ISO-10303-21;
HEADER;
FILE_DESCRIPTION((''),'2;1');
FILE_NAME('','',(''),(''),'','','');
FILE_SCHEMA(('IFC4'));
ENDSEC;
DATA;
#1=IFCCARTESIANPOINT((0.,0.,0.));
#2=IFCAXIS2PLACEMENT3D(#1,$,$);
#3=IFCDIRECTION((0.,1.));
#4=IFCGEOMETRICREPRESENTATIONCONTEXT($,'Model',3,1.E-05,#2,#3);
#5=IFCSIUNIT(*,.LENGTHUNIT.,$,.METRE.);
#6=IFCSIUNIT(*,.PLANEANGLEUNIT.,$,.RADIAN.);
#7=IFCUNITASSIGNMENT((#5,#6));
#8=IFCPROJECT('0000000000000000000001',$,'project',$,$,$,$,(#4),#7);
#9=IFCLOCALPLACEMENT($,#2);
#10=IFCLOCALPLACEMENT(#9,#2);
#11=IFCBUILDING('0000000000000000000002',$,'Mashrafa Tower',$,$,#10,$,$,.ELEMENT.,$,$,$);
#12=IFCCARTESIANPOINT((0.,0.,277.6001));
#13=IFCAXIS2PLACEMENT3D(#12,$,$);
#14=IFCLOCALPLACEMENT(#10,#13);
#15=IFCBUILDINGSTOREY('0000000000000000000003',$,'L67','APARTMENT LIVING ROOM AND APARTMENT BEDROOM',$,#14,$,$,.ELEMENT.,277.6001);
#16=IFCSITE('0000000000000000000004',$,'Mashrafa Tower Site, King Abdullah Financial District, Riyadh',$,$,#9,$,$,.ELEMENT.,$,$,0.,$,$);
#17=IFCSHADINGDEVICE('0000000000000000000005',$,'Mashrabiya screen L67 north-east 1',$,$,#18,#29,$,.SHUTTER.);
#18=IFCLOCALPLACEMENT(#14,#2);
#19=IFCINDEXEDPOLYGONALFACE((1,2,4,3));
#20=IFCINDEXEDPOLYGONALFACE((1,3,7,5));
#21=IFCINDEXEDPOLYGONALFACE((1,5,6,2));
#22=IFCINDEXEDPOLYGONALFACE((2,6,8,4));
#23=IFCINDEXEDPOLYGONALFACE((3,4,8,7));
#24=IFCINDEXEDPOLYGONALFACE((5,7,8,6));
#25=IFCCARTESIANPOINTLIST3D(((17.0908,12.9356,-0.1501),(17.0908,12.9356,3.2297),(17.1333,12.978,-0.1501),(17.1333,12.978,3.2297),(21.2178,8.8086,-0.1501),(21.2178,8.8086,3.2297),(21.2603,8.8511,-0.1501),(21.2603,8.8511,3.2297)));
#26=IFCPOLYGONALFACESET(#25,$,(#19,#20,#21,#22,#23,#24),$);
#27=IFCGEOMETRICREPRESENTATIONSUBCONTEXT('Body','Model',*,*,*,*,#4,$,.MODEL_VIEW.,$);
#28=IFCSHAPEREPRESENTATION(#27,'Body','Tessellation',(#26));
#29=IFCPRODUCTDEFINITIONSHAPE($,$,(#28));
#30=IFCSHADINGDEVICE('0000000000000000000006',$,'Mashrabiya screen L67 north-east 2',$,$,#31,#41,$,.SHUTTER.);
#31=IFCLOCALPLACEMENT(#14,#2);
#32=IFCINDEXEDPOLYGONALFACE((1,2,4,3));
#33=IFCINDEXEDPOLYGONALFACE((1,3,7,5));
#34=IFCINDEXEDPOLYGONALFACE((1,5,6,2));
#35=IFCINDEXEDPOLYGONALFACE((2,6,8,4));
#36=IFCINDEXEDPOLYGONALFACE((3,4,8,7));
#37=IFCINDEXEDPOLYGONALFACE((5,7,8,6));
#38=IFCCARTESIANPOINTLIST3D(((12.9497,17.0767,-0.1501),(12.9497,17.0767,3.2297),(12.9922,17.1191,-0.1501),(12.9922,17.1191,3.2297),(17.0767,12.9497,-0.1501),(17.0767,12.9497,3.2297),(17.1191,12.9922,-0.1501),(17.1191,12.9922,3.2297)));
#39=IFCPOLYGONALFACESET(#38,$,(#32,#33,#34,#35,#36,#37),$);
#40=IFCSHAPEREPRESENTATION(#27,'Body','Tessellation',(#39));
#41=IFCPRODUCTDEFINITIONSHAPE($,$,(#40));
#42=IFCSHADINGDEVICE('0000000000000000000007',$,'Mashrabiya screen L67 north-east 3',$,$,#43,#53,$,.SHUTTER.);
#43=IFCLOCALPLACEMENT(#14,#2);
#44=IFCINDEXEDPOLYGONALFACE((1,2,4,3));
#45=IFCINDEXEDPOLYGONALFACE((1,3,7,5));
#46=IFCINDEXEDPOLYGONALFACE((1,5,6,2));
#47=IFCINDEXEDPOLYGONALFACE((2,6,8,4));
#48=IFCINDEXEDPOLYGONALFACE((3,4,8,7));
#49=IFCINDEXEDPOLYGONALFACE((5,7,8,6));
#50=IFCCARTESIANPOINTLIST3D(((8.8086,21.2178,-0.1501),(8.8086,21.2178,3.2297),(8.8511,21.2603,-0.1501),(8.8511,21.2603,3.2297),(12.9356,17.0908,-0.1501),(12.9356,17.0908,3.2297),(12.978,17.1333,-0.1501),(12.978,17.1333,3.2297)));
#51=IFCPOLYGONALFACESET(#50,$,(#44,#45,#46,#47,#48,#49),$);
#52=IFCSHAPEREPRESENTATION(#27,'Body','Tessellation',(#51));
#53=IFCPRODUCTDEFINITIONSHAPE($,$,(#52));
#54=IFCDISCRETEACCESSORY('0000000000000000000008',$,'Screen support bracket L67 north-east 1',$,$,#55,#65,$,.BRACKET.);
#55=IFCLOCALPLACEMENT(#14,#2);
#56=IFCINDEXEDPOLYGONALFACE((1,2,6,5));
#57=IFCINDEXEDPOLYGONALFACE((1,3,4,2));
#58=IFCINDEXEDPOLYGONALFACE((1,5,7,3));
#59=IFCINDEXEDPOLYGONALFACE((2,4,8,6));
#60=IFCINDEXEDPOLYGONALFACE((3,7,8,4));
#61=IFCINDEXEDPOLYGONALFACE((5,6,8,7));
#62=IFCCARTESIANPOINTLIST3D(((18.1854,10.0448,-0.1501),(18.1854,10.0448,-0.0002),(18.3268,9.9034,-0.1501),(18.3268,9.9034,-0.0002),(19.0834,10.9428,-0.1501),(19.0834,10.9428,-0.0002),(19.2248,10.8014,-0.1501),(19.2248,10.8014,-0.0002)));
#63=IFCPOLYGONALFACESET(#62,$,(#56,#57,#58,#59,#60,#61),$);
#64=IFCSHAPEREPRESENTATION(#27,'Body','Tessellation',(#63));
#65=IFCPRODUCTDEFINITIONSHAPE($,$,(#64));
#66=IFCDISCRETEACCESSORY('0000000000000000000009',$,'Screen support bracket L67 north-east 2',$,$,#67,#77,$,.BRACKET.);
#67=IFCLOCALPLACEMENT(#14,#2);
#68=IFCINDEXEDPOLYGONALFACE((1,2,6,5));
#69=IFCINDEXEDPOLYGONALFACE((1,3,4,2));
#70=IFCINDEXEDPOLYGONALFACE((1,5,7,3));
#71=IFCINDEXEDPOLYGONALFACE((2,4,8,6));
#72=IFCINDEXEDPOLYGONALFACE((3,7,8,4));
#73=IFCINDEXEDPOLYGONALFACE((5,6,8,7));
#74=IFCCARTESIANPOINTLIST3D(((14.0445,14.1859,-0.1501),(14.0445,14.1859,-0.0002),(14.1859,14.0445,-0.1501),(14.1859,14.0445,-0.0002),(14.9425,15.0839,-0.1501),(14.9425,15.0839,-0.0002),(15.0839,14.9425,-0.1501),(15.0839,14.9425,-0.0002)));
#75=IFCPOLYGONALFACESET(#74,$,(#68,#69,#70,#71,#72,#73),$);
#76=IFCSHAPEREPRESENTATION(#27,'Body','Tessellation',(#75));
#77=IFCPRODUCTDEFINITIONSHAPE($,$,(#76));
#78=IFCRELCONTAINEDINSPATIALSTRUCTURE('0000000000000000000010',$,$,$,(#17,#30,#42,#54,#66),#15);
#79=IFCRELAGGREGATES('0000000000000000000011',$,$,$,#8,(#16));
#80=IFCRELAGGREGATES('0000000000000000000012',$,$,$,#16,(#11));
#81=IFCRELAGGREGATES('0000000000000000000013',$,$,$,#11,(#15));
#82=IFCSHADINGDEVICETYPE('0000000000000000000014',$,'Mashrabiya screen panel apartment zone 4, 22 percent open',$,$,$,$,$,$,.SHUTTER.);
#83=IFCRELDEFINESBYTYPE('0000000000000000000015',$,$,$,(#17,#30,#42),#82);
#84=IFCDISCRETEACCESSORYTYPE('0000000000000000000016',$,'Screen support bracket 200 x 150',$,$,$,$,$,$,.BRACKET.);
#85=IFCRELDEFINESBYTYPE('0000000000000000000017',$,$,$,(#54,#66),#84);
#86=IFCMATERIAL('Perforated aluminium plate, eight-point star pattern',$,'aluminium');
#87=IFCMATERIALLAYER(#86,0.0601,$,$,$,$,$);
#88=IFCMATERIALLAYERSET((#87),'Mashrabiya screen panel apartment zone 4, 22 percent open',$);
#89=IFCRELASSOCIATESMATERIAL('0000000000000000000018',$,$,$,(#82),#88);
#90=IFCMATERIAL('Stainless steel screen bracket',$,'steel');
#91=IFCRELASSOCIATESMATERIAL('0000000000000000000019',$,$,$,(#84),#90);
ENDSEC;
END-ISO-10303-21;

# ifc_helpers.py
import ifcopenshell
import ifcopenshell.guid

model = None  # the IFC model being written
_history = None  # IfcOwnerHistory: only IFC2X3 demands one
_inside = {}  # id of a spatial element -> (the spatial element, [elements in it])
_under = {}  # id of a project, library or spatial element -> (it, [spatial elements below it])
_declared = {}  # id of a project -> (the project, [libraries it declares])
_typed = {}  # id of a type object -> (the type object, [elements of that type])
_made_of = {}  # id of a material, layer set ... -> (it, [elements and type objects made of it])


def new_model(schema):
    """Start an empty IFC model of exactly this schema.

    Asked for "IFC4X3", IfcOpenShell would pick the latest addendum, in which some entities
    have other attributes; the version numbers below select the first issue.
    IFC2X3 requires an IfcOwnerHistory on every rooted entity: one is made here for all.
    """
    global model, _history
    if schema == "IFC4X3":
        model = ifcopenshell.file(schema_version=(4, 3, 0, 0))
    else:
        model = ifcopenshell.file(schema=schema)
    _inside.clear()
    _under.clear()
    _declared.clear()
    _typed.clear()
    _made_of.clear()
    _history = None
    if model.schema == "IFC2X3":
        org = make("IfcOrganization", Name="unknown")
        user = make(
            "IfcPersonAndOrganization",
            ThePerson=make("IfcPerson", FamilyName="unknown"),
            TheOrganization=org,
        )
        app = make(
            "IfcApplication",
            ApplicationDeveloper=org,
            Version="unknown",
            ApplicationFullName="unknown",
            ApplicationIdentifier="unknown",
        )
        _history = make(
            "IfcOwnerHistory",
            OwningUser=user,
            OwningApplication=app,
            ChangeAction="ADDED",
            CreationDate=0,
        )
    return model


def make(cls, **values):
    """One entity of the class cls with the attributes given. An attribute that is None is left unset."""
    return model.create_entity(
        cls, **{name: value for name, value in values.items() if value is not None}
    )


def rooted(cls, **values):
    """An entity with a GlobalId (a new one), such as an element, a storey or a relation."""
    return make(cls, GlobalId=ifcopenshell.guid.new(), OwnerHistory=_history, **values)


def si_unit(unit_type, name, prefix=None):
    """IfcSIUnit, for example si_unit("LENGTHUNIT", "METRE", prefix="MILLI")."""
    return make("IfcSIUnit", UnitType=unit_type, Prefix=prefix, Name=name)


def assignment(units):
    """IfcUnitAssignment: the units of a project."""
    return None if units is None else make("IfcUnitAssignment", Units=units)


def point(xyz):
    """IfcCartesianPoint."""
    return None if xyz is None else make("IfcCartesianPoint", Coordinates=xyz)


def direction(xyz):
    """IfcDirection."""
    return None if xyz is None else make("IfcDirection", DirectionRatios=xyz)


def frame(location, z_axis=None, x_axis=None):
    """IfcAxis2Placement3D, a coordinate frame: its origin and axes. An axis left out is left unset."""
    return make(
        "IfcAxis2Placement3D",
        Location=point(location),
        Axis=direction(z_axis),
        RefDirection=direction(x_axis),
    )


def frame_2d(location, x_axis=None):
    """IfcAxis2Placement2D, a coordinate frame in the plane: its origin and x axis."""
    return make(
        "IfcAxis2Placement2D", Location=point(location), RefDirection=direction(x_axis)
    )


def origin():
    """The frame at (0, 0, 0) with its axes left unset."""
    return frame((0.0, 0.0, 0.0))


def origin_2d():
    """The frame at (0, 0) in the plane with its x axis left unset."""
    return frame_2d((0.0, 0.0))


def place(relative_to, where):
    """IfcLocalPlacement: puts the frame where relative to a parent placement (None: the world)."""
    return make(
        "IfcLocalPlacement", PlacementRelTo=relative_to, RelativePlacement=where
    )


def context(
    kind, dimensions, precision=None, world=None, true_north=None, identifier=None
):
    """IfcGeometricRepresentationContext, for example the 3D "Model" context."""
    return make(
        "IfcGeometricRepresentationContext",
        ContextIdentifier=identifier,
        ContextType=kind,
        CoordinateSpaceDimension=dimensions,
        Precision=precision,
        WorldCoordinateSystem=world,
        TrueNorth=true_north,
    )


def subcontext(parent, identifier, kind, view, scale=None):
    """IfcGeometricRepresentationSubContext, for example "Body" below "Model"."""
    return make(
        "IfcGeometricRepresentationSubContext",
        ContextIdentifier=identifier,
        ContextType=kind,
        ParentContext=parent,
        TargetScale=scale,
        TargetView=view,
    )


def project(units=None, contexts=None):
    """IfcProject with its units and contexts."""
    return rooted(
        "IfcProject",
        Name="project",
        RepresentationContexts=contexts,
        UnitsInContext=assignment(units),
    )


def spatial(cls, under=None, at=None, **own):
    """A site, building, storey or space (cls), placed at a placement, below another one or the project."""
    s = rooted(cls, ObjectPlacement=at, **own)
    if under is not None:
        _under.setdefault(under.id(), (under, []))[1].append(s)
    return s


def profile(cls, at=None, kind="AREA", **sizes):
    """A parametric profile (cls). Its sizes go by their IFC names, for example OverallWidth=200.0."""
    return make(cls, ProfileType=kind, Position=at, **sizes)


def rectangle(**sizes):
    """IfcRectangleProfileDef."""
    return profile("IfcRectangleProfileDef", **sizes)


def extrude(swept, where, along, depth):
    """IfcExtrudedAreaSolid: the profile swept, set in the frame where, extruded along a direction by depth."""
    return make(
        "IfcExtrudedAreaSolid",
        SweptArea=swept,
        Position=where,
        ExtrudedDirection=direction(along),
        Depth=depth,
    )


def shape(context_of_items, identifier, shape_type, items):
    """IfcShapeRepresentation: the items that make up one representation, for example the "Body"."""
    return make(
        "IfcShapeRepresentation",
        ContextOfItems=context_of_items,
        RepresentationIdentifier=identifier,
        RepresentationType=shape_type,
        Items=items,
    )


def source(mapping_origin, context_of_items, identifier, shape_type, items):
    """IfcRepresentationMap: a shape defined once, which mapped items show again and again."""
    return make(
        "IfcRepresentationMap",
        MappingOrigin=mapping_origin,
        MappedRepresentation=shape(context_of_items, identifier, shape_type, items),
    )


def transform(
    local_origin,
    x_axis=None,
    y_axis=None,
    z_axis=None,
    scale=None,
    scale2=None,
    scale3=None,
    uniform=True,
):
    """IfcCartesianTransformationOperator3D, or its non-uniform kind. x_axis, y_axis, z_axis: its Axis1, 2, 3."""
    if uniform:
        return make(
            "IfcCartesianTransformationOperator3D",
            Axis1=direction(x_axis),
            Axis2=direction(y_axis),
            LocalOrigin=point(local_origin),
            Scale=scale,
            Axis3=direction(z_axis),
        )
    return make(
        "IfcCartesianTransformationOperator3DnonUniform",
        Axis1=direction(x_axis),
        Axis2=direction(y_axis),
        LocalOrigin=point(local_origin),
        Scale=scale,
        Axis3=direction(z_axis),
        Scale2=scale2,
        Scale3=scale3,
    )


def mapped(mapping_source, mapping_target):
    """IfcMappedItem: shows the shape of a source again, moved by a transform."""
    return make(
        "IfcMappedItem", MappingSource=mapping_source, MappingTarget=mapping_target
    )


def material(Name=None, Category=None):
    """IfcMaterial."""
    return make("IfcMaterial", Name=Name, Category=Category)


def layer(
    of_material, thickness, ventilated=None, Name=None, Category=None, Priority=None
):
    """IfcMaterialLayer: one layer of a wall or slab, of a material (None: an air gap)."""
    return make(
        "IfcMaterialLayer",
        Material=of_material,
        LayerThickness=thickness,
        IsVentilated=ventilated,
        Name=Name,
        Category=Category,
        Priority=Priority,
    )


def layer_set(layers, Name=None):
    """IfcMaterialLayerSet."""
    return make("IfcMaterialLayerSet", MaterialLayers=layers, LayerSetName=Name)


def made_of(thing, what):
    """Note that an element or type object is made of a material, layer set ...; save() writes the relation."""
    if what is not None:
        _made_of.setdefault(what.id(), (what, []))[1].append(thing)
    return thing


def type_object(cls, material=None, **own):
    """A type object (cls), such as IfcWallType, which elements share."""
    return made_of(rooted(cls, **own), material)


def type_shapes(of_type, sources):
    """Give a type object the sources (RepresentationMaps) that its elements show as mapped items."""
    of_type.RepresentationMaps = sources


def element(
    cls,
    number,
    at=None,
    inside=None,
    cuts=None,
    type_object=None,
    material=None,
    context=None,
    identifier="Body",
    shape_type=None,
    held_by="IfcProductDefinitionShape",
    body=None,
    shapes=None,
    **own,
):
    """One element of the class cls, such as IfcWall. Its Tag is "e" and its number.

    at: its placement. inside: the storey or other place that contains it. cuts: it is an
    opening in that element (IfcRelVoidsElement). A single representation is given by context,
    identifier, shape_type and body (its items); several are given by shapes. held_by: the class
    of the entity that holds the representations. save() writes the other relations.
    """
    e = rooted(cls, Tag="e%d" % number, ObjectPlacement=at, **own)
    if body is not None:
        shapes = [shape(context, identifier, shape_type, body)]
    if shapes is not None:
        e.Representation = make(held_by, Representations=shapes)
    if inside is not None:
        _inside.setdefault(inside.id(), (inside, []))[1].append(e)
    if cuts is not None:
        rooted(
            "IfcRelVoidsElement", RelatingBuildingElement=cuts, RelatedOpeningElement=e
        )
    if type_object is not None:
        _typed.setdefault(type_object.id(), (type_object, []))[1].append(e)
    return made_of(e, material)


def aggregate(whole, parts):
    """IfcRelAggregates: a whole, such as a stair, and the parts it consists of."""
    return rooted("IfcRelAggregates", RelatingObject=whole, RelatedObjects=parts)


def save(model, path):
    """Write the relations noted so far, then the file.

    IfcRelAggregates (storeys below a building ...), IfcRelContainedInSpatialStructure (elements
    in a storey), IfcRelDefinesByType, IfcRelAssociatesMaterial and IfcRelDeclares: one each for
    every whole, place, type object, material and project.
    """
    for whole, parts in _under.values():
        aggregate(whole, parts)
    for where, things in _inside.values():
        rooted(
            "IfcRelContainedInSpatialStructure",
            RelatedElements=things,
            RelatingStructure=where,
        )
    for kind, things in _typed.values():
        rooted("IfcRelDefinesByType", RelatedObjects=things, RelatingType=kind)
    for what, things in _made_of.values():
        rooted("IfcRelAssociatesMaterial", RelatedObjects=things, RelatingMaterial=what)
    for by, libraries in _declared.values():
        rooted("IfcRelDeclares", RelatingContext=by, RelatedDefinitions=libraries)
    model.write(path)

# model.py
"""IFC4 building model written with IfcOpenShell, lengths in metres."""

from ifc_helpers import new_model, si_unit, direction, frame, origin, origin_2d, place, context, subcontext, project, spatial, rectangle, extrude, source, transform, mapped, material, layer, layer_set, type_object, type_shapes, element, save


model = new_model("IFC4")

# Units and contexts
model_context = context("Model", 3, precision=1e-05, world=origin(), true_north=direction((0.0, 1.0)))
body_context = subcontext(model_context, "Body", "Model", "MODEL_VIEW")
ifc_project = project(units=[si_unit("LENGTHUNIT", "METRE"), si_unit("PLANEANGLEUNIT", "RADIAN")], contexts=[model_context])

# Site, building, storey
site_placement = place(None, origin())
site = spatial("IfcSite", under=ifc_project, at=site_placement, Name="Mashrafa Tower Site, King Abdullah Financial District, Riyadh", CompositionType="ELEMENT", RefElevation=0.0)
building_placement = place(site_placement, origin())
building = spatial("IfcBuilding", under=site, at=building_placement, Name="Mashrafa Tower", CompositionType="ELEMENT")
storey_placement = place(building_placement, frame((0.0, 0.0, 277.6001)))
storey = spatial("IfcBuildingStorey", under=building, at=storey_placement, Name="L67", Description="APARTMENT LIVING ROOM AND APARTMENT BEDROOM", CompositionType="ELEMENT", Elevation=277.6001)

# Shading devices
ifc_material_1 = material(Name="Perforated aluminium plate, eight-point star pattern", Category="aluminium")
ifc_layer_1 = layer(ifc_material_1, 0.0601)
ifc_layer_set_1 = layer_set([ifc_layer_1], Name="Mashrabiya screen panel apartment zone 4, 22 percent open")
shading_device_type = type_object("IfcShadingDeviceType", Name="Mashrabiya screen panel apartment zone 4, 22 percent open", PredefinedType="SHUTTER", material=ifc_layer_set_1)
shared_shape_1 = source(origin(), body_context, "Body", "SweptSolid", [
    extrude(rectangle(XDim=5.8364, YDim=0.0601, at=origin_2d()), origin(), (0.0, 0.0, 1.0), 3.3799),
])
type_shapes(shading_device_type, [shared_shape_1])
for number, where, z_axis, x_axis, name in (
    (1, (19.1755, 10.8933, -0.1501), (0.0, 0.0, 1.0), (-0.707107, 0.707107, 0.0), "Mashrabiya screen L67 north-east 1"),
    (2, (15.0344, 15.0344, -0.1501), (0.0, 0.0, 1.0), (-0.707107, 0.707107, 0.0), "Mashrabiya screen L67 north-east 2"),
    (3, (10.8933, 19.1755, -0.1501), (0.0, 0.0, 1.0), (-0.707107, 0.707107, 0.0), "Mashrabiya screen L67 north-east 3"),
):
    element("IfcShadingDevice", number, at=place(storey_placement, frame(where, z_axis=z_axis, x_axis=x_axis)), inside=storey, type_object=shading_device_type, Name=name, PredefinedType="SHUTTER", context=body_context, shape_type="MappedRepresentation", body=[
        mapped(shared_shape_1, transform((0.0, 0.0, 0.0))),
    ])

# Discrete accessories
ifc_material_2 = material(Name="Stainless steel screen bracket", Category="steel")
discrete_accessory_type = type_object("IfcDiscreteAccessoryType", Name="Screen support bracket 200 x 150", PredefinedType="BRACKET", material=ifc_material_2)
shared_shape_2 = source(origin(), body_context, "Body", "SweptSolid", [
    extrude(rectangle(XDim=0.2, YDim=1.27, at=origin_2d()), origin(), (0.0, 0.0, 1.0), 0.1499),
])
type_shapes(discrete_accessory_type, [shared_shape_2])
for number, where, z_axis, x_axis, name in (
    (4, (18.7051, 10.4231, -0.1501), (0.0, 0.0, 1.0), (-0.707107, 0.707107, 0.0), "Screen support bracket L67 north-east 1"),
    (5, (14.5642, 14.5642, -0.1501), (0.0, 0.0, 1.0), (-0.707107, 0.707107, 0.0), "Screen support bracket L67 north-east 2"),
):
    element("IfcDiscreteAccessory", number, at=place(storey_placement, frame(where, z_axis=z_axis, x_axis=x_axis)), inside=storey, type_object=discrete_accessory_type, Name=name, PredefinedType="BRACKET", context=body_context, shape_type="MappedRepresentation", body=[
        mapped(shared_shape_2, transform((0.0, 0.0, 0.0))),
    ])

save(model, "model.ifc")
